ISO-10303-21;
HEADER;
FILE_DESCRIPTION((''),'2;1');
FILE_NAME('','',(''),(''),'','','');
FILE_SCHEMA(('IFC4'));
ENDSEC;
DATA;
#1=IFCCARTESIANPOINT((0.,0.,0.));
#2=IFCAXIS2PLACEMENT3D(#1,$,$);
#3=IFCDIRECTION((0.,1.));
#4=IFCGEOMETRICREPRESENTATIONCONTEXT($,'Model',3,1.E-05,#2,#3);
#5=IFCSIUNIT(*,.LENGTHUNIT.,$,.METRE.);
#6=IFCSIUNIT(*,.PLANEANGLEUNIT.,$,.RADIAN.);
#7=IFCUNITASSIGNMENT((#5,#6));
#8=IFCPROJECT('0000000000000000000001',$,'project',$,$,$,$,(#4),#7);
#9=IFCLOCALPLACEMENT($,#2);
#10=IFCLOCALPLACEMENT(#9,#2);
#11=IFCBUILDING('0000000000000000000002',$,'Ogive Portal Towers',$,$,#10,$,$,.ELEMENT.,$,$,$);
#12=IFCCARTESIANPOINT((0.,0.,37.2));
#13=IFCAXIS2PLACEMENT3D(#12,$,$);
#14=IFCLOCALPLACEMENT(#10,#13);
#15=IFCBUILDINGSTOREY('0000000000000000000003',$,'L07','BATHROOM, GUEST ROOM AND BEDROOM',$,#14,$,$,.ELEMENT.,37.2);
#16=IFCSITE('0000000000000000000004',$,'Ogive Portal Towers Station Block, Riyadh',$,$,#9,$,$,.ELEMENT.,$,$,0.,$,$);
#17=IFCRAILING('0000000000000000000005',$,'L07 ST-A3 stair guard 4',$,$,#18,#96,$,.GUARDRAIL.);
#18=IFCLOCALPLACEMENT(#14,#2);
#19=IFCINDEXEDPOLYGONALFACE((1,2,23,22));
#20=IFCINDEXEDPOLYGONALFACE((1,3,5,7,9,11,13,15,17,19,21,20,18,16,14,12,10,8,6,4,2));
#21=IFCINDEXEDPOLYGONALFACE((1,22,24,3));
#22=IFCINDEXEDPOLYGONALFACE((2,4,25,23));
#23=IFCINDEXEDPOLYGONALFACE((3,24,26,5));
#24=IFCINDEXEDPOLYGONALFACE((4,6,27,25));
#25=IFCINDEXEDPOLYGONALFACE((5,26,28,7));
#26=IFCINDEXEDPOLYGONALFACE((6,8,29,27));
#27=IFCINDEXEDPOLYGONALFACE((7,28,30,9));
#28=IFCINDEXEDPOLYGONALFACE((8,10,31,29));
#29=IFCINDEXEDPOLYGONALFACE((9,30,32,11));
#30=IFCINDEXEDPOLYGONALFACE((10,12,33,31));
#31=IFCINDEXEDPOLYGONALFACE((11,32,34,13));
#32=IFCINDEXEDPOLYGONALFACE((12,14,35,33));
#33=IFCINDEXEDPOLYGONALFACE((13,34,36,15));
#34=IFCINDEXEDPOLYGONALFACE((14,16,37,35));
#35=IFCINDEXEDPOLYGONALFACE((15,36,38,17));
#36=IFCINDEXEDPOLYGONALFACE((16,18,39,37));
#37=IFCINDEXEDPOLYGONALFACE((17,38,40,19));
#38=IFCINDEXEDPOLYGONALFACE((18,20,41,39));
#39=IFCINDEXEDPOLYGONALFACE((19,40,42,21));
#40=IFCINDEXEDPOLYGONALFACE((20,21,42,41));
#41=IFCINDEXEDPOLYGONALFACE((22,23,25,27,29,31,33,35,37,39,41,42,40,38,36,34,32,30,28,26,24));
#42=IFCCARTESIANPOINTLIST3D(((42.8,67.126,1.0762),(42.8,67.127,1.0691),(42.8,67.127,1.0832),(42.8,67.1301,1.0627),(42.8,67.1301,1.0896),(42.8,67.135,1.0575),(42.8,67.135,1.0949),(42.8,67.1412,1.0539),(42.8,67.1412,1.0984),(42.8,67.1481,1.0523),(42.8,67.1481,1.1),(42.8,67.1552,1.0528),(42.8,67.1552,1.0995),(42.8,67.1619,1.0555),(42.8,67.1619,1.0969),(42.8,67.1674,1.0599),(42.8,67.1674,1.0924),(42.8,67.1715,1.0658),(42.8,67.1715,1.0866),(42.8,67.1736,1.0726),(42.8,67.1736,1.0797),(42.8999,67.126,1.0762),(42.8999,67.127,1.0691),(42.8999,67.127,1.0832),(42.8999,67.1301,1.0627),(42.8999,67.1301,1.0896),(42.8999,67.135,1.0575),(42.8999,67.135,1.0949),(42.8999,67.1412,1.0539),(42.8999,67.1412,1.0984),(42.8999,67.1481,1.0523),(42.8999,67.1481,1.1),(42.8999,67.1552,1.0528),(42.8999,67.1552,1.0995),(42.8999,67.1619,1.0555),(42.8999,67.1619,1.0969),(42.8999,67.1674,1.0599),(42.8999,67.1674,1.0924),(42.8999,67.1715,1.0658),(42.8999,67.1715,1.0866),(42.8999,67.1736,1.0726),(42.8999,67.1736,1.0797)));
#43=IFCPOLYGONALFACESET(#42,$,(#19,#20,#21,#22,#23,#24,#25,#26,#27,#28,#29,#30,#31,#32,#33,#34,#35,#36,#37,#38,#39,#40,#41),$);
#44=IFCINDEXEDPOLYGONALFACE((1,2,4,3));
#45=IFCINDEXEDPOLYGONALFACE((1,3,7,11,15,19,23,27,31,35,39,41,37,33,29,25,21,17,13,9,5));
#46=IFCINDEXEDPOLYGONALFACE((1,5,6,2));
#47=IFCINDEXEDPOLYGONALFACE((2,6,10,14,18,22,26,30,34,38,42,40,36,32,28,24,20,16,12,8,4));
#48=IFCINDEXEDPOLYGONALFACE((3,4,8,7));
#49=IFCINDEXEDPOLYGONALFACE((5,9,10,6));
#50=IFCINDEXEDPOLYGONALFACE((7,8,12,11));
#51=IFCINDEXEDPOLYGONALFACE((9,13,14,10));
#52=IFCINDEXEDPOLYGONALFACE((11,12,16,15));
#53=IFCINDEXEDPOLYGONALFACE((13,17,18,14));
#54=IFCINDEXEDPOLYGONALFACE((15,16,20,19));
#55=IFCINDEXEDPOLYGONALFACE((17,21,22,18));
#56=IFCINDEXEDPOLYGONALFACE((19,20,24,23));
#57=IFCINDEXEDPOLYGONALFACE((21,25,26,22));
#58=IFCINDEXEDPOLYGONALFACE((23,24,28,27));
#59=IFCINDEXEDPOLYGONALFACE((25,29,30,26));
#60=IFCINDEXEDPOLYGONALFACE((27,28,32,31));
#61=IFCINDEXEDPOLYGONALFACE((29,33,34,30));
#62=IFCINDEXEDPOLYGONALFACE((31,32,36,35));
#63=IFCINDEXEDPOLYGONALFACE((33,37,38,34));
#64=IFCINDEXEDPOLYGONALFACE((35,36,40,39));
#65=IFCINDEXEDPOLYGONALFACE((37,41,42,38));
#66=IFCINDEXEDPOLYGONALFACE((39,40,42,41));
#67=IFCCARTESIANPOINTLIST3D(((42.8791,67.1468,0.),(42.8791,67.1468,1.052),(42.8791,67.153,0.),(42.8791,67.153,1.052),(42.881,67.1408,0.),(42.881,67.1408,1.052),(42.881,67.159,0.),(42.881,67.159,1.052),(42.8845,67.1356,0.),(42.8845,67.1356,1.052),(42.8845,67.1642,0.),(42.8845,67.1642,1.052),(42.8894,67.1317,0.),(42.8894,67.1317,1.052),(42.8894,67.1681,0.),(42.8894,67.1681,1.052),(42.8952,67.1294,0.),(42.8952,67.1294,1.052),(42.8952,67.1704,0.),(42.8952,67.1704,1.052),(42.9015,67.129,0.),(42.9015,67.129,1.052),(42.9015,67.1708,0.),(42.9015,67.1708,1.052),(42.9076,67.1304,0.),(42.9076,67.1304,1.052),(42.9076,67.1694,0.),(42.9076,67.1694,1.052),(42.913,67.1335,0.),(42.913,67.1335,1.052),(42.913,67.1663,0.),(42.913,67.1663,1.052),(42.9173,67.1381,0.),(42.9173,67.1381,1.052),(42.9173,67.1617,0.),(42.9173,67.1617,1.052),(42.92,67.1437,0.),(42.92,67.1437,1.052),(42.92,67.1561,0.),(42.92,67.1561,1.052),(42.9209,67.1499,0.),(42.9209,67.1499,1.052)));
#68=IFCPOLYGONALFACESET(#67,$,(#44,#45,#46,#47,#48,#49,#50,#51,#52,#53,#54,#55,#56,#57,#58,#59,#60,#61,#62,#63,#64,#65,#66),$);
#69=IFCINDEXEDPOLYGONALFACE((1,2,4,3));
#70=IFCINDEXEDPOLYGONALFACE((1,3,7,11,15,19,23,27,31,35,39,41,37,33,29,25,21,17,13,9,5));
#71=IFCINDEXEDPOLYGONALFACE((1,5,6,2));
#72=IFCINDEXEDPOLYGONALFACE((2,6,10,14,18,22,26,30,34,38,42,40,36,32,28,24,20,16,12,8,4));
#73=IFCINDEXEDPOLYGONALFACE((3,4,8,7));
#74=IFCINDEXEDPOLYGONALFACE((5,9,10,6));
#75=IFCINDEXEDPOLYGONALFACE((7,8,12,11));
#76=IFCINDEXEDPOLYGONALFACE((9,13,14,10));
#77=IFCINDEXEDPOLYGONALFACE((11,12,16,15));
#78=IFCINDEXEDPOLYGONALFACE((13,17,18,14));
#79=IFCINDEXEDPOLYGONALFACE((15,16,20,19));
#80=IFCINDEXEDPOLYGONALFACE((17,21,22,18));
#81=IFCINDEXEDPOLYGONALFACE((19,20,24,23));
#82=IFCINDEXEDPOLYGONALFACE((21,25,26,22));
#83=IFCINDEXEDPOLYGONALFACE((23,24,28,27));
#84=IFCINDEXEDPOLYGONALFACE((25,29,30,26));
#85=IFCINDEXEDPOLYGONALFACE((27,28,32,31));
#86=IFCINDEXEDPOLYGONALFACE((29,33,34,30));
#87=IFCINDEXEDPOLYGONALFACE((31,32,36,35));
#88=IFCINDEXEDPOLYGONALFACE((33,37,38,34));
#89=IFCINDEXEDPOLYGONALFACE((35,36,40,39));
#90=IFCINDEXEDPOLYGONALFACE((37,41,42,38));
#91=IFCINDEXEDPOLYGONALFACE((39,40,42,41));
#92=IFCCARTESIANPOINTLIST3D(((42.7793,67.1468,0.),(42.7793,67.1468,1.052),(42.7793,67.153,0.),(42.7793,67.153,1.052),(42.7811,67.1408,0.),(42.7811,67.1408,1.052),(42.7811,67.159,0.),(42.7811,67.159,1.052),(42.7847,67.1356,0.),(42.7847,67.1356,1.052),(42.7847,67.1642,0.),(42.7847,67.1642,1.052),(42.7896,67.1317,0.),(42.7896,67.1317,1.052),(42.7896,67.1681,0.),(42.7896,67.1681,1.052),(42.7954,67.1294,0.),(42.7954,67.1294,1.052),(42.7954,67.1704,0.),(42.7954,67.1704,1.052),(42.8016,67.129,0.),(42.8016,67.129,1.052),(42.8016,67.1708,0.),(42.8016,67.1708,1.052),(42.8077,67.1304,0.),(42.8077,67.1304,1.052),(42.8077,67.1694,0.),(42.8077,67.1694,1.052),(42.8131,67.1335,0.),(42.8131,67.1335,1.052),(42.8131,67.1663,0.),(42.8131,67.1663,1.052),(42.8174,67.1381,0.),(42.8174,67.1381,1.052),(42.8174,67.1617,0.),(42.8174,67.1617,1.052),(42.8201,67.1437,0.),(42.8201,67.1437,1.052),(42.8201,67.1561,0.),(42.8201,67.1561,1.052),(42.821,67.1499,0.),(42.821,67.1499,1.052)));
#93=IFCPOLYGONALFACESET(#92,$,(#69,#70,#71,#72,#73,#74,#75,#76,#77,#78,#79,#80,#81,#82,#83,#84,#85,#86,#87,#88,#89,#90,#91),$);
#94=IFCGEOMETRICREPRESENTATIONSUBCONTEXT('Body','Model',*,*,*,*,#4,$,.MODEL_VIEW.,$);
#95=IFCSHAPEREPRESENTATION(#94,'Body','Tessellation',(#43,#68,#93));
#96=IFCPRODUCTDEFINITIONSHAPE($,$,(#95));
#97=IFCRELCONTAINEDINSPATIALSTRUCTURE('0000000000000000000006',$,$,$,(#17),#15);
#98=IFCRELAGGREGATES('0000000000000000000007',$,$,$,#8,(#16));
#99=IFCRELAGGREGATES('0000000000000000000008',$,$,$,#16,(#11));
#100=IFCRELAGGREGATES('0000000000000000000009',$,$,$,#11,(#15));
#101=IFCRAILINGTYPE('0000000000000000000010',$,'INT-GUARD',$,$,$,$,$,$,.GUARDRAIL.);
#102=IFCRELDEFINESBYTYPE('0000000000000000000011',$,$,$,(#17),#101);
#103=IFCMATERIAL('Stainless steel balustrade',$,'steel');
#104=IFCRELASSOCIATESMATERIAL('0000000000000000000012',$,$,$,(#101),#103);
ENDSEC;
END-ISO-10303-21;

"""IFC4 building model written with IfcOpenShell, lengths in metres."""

from ifc_helpers import new_model, si_unit, direction, frame, origin, origin_2d, place, context, subcontext, project, spatial, circle, extrude, material, type_object, element, save


model = new_model("IFC4")

# Units and contexts
model_context = context("Model", 3, precision=1e-05, world=origin(), true_north=direction((0.0, 1.0)))
body_context = subcontext(model_context, "Body", "Model", "MODEL_VIEW")
ifc_project = project(units=[si_unit("LENGTHUNIT", "METRE"), si_unit("PLANEANGLEUNIT", "RADIAN")], contexts=[model_context])

# Site, building, storey
site_placement = place(None, origin())
site = spatial("IfcSite", under=ifc_project, at=site_placement, Name="Ogive Portal Towers Station Block, Riyadh", CompositionType="ELEMENT", RefElevation=0.0)
building_placement = place(site_placement, origin())
building = spatial("IfcBuilding", under=site, at=building_placement, Name="Ogive Portal Towers", CompositionType="ELEMENT")
storey_placement = place(building_placement, frame((0.0, 0.0, 37.2)))
storey = spatial("IfcBuildingStorey", under=building, at=storey_placement, Name="L07", Description="BATHROOM, GUEST ROOM AND BEDROOM", CompositionType="ELEMENT", Elevation=37.2)

# Railing
ifc_material_1 = material(Name="Stainless steel balustrade", Category="steel")
railing_type_1 = type_object("IfcRailingType", Name="INT-GUARD", PredefinedType="GUARDRAIL", material=ifc_material_1)
railing_1_placement = place(storey_placement, frame((42.8999, 67.1499, 0.0)))
element("IfcRailing", 1, at=railing_1_placement, inside=storey, type_object=railing_type_1, Name="L07 ST-A3 stair guard 4", PredefinedType="GUARDRAIL", context=body_context, shape_type="SweptSolid", body=[
    extrude(circle(Radius=0.0239, at=origin_2d()), frame((0.0, 0.0, 1.0762), z_axis=(-1.0, 0.0, 0.0), x_axis=(0.0, -1.0, 0.0)), (0.0, 0.0, 1.0), 0.0999),
    extrude(circle(Radius=0.021, at=origin_2d()), origin(), (0.0, 0.0, 1.0), 1.052),
    extrude(circle(Radius=0.021, at=origin_2d()), frame((-0.0999, 0.0, 0.0)), (0.0, 0.0, 1.0), 1.052),
])

save(model, "model.ifc")
